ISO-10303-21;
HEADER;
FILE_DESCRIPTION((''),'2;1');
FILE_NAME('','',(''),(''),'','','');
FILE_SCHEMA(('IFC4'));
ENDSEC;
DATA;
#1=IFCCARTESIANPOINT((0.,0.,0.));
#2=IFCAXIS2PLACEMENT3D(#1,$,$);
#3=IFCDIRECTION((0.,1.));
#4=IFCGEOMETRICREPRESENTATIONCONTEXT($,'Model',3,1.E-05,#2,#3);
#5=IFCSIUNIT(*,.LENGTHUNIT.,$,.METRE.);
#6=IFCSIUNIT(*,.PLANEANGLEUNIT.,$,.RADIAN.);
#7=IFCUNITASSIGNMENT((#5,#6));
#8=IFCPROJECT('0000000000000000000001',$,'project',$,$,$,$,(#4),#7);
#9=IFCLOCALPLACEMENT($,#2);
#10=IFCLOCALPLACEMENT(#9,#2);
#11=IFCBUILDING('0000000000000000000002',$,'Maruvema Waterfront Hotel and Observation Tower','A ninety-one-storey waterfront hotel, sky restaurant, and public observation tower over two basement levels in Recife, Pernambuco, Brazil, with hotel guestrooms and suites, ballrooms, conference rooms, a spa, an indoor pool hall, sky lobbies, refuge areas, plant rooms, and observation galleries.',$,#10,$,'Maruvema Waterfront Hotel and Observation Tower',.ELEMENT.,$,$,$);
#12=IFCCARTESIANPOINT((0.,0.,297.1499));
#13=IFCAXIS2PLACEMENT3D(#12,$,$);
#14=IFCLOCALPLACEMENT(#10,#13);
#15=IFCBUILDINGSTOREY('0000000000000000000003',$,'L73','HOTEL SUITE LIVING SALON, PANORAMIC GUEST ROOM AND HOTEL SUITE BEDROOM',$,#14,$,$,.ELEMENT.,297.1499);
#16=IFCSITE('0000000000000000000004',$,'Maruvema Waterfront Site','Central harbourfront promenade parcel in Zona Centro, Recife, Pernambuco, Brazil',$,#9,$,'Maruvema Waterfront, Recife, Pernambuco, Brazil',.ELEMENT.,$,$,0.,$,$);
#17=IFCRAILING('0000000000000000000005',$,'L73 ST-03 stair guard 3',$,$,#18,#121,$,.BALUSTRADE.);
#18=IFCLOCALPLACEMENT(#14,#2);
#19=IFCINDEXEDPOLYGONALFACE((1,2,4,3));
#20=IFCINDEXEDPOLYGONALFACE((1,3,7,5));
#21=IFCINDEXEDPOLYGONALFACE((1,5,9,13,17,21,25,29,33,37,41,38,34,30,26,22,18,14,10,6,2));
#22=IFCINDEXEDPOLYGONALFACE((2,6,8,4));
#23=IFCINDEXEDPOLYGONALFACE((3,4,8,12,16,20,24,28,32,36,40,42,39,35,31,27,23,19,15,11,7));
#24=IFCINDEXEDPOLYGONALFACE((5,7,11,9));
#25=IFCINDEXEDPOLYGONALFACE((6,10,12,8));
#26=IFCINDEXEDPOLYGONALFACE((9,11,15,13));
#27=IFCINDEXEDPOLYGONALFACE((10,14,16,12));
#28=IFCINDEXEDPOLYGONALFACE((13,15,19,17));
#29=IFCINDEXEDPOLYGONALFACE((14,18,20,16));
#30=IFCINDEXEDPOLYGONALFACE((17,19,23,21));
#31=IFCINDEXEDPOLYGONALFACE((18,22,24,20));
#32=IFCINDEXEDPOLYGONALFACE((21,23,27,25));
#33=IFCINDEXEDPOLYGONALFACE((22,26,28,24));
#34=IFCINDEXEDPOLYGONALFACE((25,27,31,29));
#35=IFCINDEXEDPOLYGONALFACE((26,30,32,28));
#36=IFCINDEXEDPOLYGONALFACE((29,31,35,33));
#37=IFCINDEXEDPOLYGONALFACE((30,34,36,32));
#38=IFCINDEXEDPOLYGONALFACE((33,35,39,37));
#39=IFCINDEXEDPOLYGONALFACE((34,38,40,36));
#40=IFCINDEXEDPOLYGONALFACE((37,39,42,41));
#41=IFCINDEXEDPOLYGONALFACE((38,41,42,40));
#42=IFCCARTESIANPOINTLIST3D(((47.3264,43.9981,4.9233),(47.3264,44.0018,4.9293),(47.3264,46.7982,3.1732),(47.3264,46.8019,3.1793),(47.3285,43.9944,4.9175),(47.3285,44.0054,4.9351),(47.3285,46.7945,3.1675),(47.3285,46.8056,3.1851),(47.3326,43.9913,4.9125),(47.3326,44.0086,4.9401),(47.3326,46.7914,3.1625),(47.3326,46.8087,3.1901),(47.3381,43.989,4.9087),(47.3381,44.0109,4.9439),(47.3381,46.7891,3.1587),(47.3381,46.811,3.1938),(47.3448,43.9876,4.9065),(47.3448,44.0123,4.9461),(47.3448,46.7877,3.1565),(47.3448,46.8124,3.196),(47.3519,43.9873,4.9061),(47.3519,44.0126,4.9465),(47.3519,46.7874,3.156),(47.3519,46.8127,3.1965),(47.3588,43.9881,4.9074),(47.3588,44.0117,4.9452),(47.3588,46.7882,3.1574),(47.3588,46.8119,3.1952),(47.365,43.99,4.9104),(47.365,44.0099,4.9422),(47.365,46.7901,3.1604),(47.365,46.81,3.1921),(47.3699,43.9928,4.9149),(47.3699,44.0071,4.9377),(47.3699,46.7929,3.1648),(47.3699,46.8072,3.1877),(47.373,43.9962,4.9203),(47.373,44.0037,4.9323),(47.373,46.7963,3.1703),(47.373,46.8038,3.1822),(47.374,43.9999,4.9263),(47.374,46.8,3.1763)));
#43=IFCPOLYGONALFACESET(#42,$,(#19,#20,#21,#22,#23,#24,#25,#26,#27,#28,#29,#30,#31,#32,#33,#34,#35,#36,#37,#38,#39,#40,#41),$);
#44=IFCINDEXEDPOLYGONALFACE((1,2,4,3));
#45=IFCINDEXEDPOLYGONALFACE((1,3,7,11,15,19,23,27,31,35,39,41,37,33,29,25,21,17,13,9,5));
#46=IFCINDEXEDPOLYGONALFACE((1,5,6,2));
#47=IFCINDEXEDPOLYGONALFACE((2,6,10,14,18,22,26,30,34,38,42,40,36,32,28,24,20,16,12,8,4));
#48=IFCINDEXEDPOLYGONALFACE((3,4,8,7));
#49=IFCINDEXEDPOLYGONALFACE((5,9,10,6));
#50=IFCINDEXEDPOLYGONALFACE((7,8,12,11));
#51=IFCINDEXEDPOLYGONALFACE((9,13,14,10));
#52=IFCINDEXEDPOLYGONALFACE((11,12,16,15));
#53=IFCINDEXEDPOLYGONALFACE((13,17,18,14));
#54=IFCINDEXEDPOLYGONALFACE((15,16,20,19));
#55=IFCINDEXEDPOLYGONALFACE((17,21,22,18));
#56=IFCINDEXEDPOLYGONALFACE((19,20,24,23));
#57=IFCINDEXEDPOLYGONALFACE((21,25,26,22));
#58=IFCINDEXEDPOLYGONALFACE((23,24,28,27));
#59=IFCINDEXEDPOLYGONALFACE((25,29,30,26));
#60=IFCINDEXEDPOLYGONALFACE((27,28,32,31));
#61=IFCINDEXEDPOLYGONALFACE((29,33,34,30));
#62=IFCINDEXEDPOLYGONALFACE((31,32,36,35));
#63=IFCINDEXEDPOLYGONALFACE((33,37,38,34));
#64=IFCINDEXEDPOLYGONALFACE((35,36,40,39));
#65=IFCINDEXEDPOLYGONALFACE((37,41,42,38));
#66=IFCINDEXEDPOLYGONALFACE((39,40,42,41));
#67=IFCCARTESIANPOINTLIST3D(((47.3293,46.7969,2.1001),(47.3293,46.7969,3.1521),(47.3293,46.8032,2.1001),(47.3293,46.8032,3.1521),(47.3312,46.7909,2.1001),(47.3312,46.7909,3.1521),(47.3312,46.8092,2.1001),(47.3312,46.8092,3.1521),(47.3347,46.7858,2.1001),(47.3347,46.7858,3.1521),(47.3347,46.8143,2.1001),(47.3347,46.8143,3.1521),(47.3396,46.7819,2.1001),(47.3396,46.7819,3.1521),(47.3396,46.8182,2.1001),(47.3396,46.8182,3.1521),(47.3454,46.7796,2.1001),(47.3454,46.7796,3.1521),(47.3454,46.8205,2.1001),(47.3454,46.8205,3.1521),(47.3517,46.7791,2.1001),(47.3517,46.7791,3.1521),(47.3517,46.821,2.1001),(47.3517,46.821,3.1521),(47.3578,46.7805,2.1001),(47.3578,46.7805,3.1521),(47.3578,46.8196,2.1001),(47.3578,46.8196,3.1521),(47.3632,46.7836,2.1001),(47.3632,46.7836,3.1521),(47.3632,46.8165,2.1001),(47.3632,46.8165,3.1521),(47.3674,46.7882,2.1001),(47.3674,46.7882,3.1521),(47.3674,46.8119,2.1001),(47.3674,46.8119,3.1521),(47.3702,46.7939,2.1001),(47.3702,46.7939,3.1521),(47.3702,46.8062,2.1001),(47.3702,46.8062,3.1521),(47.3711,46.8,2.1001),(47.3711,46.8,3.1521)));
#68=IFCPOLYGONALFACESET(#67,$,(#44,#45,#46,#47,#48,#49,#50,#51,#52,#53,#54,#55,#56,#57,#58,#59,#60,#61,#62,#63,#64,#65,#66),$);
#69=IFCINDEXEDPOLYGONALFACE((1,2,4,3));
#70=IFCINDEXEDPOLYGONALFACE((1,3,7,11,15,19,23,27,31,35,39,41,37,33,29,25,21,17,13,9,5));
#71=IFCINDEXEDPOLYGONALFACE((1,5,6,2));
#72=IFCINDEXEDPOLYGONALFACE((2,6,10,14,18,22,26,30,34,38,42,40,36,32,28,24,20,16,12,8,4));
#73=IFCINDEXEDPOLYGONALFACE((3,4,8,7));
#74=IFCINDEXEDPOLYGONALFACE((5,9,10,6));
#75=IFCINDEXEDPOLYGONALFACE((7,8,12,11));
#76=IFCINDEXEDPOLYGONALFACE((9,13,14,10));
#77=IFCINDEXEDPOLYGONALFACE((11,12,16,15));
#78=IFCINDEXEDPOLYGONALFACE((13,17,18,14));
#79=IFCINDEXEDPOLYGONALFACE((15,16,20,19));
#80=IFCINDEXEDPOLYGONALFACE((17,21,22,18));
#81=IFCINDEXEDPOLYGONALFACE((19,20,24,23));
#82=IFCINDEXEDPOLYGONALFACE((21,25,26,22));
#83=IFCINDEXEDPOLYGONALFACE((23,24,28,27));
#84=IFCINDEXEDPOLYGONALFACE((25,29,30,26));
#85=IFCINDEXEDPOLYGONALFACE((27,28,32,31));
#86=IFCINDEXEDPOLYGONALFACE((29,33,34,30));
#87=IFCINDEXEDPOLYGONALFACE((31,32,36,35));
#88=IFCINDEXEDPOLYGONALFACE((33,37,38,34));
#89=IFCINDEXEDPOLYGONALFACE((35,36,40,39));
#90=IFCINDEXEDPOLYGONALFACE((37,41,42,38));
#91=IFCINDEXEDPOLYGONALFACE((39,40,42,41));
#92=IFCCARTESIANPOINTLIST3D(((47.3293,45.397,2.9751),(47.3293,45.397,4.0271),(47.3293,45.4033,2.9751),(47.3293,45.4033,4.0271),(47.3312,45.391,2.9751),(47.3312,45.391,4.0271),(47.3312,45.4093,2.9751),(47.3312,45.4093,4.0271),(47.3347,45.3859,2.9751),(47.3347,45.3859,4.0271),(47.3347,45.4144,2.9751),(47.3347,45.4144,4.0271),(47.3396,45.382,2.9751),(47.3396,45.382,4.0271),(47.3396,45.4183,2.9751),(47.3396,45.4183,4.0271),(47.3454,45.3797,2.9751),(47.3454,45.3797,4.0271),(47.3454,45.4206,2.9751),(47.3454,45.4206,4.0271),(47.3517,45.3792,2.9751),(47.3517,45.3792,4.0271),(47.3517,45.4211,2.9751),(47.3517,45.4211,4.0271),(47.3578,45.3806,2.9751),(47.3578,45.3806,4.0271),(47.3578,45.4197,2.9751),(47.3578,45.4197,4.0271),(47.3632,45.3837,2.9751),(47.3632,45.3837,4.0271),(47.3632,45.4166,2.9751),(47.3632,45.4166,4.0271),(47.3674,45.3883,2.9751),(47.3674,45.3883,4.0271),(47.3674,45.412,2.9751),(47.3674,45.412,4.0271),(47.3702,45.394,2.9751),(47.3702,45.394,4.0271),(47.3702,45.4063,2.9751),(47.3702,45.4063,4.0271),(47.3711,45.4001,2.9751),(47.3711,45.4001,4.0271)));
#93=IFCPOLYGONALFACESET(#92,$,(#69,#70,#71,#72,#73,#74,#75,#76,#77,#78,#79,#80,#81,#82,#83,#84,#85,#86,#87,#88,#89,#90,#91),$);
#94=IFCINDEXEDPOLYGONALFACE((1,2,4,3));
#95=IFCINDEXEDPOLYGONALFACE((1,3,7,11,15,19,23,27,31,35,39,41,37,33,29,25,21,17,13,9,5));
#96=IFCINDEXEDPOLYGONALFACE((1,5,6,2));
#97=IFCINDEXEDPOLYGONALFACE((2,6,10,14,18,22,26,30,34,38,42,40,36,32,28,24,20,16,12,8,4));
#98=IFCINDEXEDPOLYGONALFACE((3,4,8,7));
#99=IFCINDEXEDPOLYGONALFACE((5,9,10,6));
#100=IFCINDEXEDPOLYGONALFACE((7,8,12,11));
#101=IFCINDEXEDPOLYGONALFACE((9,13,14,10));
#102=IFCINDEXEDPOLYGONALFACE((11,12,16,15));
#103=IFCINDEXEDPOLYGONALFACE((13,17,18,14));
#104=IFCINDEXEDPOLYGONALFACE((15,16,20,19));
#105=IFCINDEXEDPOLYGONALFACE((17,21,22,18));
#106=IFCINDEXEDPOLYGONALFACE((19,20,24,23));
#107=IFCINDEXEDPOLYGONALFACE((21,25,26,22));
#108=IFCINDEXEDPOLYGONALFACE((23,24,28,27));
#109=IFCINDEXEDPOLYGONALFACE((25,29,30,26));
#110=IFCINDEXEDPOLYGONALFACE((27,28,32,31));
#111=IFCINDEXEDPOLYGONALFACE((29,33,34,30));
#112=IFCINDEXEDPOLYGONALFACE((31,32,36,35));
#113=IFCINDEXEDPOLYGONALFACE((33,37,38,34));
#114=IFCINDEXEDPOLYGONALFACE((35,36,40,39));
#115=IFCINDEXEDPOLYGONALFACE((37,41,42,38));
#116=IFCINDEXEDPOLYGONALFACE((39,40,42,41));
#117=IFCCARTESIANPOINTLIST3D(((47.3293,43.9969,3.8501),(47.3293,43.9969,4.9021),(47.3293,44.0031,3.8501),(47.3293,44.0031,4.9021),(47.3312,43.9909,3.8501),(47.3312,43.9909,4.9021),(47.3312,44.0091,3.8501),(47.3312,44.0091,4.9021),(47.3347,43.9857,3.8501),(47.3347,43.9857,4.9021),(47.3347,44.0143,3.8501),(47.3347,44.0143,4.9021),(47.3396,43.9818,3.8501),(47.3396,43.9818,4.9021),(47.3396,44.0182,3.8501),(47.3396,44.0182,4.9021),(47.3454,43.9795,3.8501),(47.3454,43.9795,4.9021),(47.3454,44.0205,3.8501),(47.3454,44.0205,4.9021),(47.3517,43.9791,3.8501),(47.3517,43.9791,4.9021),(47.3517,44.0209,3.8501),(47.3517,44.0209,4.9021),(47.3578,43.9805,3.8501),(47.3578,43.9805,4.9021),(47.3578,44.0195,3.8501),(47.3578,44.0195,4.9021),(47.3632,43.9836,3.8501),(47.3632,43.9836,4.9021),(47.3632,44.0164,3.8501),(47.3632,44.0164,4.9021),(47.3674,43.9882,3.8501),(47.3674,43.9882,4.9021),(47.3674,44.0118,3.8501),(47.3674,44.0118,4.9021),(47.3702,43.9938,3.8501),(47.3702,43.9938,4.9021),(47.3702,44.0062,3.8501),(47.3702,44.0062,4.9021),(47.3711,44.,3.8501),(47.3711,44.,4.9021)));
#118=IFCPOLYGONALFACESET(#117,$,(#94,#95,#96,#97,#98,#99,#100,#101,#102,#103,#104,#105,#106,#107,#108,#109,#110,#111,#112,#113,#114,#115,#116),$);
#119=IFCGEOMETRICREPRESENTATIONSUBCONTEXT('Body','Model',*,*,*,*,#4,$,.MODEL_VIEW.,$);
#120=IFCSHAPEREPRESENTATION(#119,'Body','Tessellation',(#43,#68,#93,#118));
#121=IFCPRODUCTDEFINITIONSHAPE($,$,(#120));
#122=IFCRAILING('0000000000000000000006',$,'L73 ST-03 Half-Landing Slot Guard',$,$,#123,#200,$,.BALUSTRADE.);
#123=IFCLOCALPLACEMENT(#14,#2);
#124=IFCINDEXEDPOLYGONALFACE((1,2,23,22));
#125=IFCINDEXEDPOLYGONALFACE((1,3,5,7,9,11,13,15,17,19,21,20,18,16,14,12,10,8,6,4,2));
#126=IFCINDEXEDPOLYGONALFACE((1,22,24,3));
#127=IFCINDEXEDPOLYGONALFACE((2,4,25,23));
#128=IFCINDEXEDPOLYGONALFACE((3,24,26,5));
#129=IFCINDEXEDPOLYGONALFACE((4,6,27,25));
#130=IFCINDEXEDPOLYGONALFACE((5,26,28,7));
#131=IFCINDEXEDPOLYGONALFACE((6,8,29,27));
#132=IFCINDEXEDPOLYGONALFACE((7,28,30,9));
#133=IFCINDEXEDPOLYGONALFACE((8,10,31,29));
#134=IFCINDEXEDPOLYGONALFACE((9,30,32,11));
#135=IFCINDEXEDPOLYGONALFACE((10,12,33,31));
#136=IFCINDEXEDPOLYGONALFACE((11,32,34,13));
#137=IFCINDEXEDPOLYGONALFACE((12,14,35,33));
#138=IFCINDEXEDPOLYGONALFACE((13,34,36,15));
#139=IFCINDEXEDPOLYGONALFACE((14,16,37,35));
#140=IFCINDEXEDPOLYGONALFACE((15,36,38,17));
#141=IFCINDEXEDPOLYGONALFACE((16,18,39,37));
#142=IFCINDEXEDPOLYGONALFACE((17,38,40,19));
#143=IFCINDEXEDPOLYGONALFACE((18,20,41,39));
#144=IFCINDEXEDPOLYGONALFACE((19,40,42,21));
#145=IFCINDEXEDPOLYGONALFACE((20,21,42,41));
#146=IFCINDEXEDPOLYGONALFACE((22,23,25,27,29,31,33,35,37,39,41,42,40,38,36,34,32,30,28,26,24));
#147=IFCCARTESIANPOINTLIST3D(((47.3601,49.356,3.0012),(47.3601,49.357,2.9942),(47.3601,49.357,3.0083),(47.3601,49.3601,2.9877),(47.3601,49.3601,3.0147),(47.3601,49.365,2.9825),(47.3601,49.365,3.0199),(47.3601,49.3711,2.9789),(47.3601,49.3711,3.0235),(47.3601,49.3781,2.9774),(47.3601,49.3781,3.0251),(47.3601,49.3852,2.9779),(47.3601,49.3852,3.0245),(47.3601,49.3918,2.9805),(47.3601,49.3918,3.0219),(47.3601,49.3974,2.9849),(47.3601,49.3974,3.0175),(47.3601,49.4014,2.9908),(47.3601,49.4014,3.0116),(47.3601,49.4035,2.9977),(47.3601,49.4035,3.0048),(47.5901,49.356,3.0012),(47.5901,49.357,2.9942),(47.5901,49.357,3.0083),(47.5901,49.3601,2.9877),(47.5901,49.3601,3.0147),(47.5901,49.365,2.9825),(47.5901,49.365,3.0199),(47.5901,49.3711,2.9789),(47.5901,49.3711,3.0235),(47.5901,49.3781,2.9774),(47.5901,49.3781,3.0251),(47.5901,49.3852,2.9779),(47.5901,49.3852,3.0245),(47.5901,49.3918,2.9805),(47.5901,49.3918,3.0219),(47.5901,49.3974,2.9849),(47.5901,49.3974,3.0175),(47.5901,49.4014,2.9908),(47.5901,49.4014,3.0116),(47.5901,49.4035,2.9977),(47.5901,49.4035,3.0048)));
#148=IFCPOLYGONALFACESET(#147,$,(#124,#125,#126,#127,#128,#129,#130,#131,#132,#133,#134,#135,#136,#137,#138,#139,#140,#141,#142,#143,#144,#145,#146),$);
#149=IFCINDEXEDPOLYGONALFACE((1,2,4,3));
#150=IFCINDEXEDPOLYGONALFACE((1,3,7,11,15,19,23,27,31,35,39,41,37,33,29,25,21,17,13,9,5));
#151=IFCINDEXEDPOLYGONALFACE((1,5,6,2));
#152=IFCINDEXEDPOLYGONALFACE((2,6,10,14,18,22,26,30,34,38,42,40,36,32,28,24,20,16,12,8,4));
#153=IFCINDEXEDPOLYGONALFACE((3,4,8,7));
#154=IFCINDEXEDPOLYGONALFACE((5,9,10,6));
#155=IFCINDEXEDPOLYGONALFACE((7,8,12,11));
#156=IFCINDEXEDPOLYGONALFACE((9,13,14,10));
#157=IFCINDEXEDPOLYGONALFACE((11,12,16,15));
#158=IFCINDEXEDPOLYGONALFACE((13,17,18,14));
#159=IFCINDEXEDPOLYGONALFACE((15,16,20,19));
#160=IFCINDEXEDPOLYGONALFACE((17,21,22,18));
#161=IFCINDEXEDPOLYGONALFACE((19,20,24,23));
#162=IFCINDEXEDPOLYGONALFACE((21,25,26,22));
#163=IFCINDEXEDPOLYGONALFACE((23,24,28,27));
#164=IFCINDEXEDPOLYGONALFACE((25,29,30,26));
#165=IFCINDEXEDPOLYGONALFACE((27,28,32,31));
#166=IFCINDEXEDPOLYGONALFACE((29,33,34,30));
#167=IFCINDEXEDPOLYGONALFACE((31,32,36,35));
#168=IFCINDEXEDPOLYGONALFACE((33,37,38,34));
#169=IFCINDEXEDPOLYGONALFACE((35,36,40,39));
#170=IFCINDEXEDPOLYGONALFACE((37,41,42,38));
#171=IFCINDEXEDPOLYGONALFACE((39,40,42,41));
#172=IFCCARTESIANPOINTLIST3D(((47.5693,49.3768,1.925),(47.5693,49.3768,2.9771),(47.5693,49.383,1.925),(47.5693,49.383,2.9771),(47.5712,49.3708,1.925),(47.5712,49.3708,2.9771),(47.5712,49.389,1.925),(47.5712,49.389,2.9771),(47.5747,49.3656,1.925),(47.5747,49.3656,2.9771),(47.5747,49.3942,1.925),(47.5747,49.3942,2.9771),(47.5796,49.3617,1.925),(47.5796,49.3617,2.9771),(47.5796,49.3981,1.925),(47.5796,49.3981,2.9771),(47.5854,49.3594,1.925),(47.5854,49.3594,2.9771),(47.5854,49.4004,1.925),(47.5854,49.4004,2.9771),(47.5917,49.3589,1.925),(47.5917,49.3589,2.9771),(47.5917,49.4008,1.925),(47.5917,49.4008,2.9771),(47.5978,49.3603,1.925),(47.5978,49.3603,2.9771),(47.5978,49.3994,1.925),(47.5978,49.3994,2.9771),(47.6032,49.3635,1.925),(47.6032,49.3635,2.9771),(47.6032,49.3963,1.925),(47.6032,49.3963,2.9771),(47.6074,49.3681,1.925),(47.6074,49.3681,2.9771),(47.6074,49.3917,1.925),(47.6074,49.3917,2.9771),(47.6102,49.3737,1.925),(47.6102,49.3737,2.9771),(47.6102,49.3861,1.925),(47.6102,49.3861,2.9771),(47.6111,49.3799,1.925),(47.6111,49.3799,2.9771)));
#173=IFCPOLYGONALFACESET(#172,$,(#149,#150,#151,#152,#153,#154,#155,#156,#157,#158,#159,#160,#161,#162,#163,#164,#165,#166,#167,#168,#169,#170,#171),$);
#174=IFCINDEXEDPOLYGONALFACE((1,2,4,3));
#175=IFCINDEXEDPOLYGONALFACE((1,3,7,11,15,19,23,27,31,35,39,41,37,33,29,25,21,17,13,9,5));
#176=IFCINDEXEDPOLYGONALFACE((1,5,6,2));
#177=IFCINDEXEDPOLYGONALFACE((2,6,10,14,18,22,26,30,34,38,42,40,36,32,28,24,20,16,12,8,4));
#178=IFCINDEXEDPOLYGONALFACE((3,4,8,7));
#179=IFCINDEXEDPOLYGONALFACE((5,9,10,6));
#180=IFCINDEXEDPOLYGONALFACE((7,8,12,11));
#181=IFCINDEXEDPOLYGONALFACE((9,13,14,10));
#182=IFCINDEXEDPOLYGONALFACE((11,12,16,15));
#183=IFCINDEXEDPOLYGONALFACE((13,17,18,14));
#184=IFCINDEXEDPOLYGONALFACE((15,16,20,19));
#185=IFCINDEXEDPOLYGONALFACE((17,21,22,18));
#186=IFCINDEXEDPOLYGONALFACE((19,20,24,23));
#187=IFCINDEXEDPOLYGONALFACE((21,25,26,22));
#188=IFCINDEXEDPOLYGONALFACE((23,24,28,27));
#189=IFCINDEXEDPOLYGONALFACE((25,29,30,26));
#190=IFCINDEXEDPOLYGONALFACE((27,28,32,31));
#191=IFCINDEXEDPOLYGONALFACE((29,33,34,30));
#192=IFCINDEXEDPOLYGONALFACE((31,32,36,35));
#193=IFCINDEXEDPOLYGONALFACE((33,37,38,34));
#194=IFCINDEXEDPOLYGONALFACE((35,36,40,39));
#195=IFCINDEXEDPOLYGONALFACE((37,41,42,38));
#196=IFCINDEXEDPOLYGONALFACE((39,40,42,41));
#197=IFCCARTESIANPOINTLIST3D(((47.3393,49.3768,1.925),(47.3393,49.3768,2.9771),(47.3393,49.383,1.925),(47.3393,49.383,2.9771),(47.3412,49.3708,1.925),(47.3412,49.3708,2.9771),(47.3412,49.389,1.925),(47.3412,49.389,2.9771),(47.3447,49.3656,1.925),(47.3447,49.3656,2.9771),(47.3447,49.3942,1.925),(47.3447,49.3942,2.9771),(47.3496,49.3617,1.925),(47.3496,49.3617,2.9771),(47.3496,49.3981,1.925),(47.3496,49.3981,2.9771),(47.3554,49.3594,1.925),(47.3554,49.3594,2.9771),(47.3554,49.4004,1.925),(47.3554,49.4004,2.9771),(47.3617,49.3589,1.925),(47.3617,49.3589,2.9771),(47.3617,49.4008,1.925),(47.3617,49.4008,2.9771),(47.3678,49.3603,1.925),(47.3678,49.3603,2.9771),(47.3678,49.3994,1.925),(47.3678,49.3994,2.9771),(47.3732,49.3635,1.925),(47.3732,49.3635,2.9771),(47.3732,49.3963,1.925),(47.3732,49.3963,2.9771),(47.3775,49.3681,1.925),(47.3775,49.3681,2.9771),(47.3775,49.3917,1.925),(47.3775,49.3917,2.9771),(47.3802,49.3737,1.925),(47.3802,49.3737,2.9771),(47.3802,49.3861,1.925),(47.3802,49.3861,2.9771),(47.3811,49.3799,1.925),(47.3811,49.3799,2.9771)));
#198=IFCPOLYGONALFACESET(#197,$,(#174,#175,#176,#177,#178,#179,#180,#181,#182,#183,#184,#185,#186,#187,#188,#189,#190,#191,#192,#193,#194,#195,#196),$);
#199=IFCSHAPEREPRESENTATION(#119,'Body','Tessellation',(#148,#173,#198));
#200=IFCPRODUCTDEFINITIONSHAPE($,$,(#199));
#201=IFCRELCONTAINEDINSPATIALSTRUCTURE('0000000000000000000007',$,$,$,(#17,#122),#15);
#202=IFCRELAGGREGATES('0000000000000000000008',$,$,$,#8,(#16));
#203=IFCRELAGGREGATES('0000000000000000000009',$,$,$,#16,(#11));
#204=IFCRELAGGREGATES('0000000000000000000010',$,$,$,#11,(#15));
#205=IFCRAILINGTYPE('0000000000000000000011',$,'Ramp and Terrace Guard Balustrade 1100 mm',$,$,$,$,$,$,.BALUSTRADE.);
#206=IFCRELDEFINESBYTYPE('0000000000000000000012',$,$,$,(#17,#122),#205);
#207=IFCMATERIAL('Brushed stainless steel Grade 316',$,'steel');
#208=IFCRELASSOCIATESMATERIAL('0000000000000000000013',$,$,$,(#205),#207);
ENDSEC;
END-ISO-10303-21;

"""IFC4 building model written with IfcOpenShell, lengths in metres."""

from ifc_helpers import new_model, si_unit, direction, frame, origin, origin_2d, place, context, subcontext, project, spatial, circle, extrude, material, type_object, element, save


model = new_model("IFC4")

# Units and contexts
model_context = context("Model", 3, precision=1e-05, world=origin(), true_north=direction((0.0, 1.0)))
body_context = subcontext(model_context, "Body", "Model", "MODEL_VIEW")
ifc_project = project(units=[si_unit("LENGTHUNIT", "METRE"), si_unit("PLANEANGLEUNIT", "RADIAN")], contexts=[model_context])

# Site, building, storey
site_placement = place(None, origin())
site = spatial("IfcSite", under=ifc_project, at=site_placement, Name="Maruvema Waterfront Site", Description="Central harbourfront promenade parcel in Zona Centro, Recife, Pernambuco, Brazil", LongName="Maruvema Waterfront, Recife, Pernambuco, Brazil", CompositionType="ELEMENT", RefElevation=0.0)
building_placement = place(site_placement, origin())
building = spatial("IfcBuilding", under=site, at=building_placement, Name="Maruvema Waterfront Hotel and Observation Tower", Description="A ninety-one-storey waterfront hotel, sky restaurant, and public observation tower over two basement levels in Recife, Pernambuco, Brazil, with hotel guestrooms and suites, ballrooms, conference rooms, a spa, an indoor pool hall, sky lobbies, refuge areas, plant rooms, and observation galleries.", LongName="Maruvema Waterfront Hotel and Observation Tower", CompositionType="ELEMENT")
storey_placement = place(building_placement, frame((0.0, 0.0, 297.1499)))
storey = spatial("IfcBuildingStorey", under=building, at=storey_placement, Name="L73", Description="HOTEL SUITE LIVING SALON, PANORAMIC GUEST ROOM AND HOTEL SUITE BEDROOM", CompositionType="ELEMENT", Elevation=297.1499)

# Railings
ifc_material_1 = material(Name="Brushed stainless steel Grade 316", Category="steel")
railing_type_1 = type_object("IfcRailingType", Name="Ramp and Terrace Guard Balustrade 1100 mm", PredefinedType="BALUSTRADE", material=ifc_material_1)
railing_1_placement = place(storey_placement, frame((47.3501, 46.8, 2.1001)))
element("IfcRailing", 1, at=railing_1_placement, inside=storey, type_object=railing_type_1, Name="L73 ST-03 stair guard 3", PredefinedType="BALUSTRADE", context=body_context, shape_type="SweptSolid", body=[
    extrude(circle(Radius=0.0239, at=origin_2d()), frame((0.0, 0.0, 1.0762), z_axis=(0.0, -0.848002, 0.529992), x_axis=(1.0, 0.0, 0.0)), (0.0, 0.0, 1.0), 3.302),
    extrude(circle(Radius=0.021, at=origin_2d()), origin(), (0.0, 0.0, 1.0), 1.052),
    extrude(circle(Radius=0.021, at=origin_2d()), frame((0.0, -1.3999, 0.875)), (0.0, 0.0, 1.0), 1.052),
    extrude(circle(Radius=0.021, at=origin_2d()), frame((0.0, -2.8, 1.75)), (0.0, 0.0, 1.0), 1.052),
])
railing_2_placement = place(storey_placement, frame((47.5901, 49.3799, 1.925)))
element("IfcRailing", 2, at=railing_2_placement, inside=storey, type_object=railing_type_1, Name="L73 ST-03 Half-Landing Slot Guard", PredefinedType="BALUSTRADE", context=body_context, shape_type="SweptSolid", body=[
    extrude(circle(Radius=0.0239, at=origin_2d()), frame((0.0, 0.0, 1.0762), z_axis=(-1.0, 0.0, 0.0), x_axis=(0.0, -1.0, 0.0)), (0.0, 0.0, 1.0), 0.23),
    extrude(circle(Radius=0.021, at=origin_2d()), origin(), (0.0, 0.0, 1.0), 1.052),
    extrude(circle(Radius=0.021, at=origin_2d()), frame((-0.23, 0.0, 0.0)), (0.0, 0.0, 1.0), 1.052),
])

save(model, "model.ifc")
